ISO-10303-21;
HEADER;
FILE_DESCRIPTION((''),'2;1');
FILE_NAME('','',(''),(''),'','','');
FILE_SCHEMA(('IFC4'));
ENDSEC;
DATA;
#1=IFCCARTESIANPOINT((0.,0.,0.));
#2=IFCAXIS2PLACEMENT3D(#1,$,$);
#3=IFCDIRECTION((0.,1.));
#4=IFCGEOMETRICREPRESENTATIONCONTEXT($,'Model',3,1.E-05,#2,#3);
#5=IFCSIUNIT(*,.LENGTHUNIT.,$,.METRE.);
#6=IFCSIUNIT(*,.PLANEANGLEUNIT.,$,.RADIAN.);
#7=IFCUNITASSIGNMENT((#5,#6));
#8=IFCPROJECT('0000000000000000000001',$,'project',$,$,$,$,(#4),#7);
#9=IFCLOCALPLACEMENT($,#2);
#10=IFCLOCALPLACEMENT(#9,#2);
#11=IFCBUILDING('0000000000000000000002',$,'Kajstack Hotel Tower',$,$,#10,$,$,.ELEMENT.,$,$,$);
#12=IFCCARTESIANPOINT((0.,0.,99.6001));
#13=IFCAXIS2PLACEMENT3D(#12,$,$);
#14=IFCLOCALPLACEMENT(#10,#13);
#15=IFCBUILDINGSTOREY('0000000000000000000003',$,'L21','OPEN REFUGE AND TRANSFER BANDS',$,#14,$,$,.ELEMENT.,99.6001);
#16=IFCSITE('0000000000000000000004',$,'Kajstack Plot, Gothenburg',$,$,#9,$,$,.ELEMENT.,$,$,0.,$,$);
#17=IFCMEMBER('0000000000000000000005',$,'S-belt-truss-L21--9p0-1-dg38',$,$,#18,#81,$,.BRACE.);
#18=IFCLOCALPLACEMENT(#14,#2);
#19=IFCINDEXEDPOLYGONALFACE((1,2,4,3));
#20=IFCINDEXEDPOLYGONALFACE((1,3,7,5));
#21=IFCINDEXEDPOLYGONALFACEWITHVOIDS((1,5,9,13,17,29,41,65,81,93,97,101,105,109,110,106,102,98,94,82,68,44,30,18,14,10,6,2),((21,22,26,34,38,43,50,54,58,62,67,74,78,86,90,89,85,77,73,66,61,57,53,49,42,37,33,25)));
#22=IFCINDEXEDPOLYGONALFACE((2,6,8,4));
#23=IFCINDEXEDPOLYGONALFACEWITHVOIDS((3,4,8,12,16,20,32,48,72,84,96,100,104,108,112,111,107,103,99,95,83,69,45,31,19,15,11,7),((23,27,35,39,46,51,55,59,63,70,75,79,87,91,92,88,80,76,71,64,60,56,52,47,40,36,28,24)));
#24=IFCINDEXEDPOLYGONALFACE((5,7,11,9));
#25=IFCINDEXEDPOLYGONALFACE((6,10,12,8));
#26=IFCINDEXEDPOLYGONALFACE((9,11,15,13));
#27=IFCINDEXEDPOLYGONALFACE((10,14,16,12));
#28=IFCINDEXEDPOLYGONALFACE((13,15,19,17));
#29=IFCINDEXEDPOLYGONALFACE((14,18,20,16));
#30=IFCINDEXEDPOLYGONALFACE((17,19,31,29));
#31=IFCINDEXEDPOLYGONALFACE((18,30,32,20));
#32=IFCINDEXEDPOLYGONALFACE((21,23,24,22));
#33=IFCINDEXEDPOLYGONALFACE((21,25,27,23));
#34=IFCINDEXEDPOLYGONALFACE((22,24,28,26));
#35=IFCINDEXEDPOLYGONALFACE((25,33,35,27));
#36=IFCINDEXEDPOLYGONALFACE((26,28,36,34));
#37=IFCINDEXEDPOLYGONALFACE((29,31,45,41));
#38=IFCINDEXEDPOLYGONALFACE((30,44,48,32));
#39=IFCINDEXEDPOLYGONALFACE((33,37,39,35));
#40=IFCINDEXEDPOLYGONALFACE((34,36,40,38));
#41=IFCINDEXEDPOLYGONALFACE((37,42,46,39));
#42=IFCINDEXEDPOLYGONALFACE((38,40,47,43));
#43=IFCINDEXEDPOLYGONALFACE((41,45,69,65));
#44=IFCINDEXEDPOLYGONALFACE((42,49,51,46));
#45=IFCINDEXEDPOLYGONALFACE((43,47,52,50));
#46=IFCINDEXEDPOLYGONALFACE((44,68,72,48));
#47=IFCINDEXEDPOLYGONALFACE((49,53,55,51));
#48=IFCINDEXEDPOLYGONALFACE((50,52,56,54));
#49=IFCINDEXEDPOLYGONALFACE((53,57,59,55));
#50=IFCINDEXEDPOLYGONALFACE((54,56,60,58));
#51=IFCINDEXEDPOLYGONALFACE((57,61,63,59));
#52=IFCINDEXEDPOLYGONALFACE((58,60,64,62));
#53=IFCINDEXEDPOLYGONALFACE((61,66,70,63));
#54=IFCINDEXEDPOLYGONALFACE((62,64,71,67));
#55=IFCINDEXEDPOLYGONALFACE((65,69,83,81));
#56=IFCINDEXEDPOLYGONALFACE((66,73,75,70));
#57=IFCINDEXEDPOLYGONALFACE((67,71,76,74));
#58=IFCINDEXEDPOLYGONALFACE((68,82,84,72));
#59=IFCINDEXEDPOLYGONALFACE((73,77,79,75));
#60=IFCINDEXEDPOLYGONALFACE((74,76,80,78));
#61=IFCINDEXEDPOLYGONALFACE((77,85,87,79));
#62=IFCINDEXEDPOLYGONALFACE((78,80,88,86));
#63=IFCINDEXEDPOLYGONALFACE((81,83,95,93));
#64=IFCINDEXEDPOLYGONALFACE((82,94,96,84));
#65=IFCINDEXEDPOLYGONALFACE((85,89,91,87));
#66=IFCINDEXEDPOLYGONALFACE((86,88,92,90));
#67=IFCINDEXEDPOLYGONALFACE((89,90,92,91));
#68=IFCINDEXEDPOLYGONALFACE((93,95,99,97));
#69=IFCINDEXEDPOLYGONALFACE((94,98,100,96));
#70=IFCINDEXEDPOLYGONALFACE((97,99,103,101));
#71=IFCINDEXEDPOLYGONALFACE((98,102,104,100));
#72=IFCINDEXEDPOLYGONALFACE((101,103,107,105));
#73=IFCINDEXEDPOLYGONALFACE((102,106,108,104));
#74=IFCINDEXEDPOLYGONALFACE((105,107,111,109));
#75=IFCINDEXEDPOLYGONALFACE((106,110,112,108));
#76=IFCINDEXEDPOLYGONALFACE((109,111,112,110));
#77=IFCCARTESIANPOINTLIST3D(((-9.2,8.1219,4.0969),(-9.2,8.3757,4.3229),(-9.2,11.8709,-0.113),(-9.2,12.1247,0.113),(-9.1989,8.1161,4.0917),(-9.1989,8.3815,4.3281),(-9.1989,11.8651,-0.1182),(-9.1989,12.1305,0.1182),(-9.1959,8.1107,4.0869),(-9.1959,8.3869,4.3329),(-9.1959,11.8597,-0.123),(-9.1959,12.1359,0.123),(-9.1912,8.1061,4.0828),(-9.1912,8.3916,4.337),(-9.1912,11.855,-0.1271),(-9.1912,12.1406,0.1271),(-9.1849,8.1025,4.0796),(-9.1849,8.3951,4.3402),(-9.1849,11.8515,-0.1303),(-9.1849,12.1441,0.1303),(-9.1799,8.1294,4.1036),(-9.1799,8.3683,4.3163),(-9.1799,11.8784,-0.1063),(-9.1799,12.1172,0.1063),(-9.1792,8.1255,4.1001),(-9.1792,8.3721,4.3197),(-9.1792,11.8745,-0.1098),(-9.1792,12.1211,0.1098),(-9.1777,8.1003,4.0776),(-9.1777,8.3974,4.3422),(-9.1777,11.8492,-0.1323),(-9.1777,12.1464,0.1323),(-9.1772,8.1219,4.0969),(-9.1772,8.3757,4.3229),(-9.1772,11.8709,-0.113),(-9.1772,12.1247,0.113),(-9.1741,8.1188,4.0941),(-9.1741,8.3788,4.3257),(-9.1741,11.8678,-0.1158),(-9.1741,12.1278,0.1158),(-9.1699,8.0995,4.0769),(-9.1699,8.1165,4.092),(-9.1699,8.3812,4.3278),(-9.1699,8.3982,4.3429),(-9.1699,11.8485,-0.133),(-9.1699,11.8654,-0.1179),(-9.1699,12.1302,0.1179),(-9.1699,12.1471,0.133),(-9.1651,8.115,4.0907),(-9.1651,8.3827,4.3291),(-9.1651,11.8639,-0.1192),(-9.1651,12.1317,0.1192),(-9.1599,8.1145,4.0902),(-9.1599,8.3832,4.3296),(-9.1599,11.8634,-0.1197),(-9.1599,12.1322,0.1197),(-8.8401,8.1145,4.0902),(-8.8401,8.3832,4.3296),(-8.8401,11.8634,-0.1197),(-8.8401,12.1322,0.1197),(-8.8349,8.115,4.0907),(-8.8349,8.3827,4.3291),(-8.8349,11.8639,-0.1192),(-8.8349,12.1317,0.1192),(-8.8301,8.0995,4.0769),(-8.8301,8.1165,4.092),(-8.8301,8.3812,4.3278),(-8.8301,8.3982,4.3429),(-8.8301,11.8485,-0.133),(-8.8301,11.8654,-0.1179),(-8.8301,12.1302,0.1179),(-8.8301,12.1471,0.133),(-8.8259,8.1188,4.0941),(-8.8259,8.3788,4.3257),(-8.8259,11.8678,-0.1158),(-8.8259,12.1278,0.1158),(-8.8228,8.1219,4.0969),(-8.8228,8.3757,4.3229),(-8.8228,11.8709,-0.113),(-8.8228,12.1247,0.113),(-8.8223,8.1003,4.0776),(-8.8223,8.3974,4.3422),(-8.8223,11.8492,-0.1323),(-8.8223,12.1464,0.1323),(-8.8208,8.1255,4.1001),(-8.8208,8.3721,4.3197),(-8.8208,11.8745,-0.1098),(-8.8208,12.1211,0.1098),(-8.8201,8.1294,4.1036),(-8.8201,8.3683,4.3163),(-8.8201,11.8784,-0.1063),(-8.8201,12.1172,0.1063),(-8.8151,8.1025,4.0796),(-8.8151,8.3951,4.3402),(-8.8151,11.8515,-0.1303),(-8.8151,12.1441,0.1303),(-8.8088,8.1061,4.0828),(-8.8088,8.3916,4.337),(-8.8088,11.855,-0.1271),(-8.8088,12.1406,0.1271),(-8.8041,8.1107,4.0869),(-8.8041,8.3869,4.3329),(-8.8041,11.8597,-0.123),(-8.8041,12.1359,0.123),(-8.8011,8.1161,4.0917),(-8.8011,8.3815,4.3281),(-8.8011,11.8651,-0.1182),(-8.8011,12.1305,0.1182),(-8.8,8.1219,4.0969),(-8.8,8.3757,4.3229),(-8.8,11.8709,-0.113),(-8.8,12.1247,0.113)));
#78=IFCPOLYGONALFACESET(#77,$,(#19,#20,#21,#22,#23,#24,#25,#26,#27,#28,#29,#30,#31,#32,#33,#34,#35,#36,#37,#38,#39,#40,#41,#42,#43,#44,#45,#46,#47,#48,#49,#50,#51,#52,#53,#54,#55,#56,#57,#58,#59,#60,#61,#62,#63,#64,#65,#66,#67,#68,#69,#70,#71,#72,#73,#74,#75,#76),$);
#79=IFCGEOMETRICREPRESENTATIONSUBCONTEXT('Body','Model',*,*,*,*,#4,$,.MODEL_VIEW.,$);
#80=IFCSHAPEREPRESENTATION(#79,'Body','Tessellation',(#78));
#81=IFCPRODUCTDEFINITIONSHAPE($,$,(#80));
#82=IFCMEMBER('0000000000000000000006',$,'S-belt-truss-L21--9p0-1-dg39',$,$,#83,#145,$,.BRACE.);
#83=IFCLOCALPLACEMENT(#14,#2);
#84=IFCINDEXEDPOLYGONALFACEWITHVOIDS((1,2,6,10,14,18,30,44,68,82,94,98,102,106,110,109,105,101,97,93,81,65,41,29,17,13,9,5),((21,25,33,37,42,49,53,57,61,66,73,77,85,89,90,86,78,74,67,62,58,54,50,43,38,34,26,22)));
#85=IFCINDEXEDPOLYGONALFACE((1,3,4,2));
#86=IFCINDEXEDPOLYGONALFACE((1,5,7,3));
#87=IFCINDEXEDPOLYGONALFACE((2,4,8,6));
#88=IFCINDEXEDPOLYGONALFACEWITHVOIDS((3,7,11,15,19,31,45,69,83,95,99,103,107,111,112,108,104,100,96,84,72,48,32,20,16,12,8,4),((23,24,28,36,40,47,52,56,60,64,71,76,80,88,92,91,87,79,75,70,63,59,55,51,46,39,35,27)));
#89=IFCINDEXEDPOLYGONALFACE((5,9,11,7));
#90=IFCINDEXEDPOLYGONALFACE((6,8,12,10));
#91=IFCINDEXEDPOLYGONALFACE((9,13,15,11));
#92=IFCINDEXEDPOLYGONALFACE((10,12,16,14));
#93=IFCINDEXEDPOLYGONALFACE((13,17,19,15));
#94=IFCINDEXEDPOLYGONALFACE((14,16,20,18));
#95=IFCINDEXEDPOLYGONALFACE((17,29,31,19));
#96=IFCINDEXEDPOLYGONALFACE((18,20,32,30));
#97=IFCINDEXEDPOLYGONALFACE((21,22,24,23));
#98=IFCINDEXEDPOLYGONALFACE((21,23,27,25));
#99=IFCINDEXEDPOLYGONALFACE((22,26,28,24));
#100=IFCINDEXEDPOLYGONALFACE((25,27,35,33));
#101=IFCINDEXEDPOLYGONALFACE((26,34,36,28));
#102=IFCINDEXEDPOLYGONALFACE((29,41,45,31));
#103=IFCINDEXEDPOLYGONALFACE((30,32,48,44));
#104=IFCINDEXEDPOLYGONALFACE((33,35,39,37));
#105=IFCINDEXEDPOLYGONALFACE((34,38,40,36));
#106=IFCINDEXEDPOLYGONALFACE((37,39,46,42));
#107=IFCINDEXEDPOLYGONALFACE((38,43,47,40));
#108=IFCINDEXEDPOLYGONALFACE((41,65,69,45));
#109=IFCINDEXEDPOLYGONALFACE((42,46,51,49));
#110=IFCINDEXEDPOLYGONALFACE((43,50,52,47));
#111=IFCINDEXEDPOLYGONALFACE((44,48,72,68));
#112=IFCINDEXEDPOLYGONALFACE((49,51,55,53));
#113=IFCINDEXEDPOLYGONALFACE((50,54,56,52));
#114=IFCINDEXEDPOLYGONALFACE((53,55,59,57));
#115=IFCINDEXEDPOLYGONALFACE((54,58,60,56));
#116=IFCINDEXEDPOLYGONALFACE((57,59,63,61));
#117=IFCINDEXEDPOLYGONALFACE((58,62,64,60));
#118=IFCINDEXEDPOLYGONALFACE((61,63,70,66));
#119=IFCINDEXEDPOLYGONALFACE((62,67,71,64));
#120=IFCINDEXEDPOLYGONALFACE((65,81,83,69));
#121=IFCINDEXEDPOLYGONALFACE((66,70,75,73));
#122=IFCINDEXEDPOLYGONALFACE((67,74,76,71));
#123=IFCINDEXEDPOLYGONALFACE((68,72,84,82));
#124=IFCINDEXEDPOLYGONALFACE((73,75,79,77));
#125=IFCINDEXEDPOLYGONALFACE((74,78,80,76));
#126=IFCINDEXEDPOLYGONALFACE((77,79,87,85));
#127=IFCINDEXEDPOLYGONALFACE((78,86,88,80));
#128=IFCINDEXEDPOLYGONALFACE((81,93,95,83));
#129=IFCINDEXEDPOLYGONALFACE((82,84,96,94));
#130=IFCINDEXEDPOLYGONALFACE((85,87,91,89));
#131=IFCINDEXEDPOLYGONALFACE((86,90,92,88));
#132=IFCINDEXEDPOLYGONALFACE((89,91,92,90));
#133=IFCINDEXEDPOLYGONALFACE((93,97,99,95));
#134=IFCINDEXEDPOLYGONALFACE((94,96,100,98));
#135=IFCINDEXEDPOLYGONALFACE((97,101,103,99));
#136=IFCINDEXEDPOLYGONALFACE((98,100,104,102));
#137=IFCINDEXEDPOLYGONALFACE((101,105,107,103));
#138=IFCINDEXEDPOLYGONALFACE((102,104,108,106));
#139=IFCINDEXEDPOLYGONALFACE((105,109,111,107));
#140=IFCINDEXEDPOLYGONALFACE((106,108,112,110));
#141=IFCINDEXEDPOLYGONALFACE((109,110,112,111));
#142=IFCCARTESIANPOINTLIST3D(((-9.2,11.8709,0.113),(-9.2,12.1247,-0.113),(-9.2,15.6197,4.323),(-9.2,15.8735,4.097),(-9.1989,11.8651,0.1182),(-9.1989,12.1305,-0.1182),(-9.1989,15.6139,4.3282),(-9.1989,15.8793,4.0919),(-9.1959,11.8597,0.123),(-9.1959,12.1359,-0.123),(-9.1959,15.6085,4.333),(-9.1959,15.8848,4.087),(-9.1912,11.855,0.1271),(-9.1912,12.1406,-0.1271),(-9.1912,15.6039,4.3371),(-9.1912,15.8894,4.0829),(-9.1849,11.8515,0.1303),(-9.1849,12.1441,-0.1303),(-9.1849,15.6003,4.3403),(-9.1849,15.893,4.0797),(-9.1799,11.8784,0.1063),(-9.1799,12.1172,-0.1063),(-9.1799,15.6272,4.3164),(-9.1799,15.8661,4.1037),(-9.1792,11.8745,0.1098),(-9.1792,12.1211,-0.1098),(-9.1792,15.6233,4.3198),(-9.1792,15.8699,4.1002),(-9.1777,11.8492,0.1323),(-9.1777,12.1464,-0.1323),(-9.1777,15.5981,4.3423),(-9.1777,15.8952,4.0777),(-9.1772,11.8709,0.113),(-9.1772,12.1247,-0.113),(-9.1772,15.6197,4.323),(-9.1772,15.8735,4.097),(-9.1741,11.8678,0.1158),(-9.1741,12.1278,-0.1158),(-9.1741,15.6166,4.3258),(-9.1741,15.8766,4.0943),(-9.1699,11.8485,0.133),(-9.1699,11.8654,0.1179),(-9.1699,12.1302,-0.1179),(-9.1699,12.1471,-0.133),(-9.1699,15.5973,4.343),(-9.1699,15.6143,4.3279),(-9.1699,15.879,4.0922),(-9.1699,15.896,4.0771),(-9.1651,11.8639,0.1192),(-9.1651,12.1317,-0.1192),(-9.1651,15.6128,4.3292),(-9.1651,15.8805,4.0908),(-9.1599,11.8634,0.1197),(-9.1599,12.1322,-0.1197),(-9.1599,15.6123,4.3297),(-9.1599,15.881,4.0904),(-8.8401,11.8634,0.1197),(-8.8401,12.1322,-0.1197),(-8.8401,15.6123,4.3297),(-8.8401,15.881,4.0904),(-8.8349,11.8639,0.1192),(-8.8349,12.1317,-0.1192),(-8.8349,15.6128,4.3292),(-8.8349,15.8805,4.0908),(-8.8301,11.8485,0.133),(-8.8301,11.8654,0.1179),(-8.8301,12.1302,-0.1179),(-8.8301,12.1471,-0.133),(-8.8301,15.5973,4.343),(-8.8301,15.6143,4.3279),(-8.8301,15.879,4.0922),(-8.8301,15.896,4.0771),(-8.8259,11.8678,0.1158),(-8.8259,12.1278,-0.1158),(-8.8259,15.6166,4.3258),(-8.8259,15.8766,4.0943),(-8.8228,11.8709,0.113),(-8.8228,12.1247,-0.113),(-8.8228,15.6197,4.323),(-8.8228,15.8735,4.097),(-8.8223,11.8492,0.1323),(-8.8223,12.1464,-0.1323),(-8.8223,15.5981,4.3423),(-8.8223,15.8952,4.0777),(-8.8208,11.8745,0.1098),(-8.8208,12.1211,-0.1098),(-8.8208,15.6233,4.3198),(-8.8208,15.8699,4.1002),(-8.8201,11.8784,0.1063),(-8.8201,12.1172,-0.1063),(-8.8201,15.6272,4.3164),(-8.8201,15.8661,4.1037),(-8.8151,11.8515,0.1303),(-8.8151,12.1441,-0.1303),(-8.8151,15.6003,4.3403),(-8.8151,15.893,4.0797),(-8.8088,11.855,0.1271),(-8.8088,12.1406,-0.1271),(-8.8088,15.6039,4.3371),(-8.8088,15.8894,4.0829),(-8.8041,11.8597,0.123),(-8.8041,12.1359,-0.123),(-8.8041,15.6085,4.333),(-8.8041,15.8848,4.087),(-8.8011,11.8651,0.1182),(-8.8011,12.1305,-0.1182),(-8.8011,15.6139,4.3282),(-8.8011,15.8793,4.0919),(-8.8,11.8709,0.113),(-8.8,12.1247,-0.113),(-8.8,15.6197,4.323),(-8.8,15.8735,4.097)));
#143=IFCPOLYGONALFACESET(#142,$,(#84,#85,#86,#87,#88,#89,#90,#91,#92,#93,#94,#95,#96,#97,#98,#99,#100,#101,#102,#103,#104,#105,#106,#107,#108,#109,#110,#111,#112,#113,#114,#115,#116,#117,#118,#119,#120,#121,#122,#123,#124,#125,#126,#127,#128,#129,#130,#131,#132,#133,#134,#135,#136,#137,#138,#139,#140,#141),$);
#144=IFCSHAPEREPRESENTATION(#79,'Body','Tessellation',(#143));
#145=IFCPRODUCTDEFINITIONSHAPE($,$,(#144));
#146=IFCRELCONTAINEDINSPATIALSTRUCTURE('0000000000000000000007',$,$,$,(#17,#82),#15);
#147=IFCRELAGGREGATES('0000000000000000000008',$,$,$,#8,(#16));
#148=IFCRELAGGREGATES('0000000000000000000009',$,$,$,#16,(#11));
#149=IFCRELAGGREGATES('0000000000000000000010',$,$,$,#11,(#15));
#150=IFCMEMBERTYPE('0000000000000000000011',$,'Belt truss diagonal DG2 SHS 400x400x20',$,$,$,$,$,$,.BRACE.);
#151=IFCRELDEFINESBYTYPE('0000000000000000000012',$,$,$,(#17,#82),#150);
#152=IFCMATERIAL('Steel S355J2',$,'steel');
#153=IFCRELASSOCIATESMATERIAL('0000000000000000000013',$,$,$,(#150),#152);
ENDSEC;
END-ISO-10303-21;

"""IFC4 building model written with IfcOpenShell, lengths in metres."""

from ifc_helpers import new_model, si_unit, direction, frame, origin, origin_2d, place, context, subcontext, project, spatial, hollow_rectangle, extrude, material, material_profile, profile_set, type_object, element, save


model = new_model("IFC4")

# Units and contexts
model_context = context("Model", 3, precision=1e-05, world=origin(), true_north=direction((0.0, 1.0)))
body_context = subcontext(model_context, "Body", "Model", "MODEL_VIEW")
ifc_project = project(units=[si_unit("LENGTHUNIT", "METRE"), si_unit("PLANEANGLEUNIT", "RADIAN")], contexts=[model_context])

# Site, building, storey
site_placement = place(None, origin())
site = spatial("IfcSite", under=ifc_project, at=site_placement, Name="Kajstack Plot, Gothenburg", CompositionType="ELEMENT", RefElevation=0.0)
building_placement = place(site_placement, origin())
building = spatial("IfcBuilding", under=site, at=building_placement, Name="Kajstack Hotel Tower", CompositionType="ELEMENT")
storey_placement = place(building_placement, frame((0.0, 0.0, 99.6001)))
storey = spatial("IfcBuildingStorey", under=building, at=storey_placement, Name="L21", Description="OPEN REFUGE AND TRANSFER BANDS", CompositionType="ELEMENT", Elevation=99.6001)

# Members
ifc_material_1 = material(Name="Steel S355J2", Category="steel")
ifc_material_profile_1 = material_profile(ifc_material_1, hollow_rectangle(XDim=0.3999, YDim=0.3999, WallThickness=0.02, InnerFilletRadius=0.02, OuterFilletRadius=0.03, at=origin_2d()), Name="SHS 400x400x20")
ifc_profile_set_1 = profile_set([ifc_material_profile_1], Name="Steel S355J2")
member_type_1 = type_object("IfcMemberType", Name="Belt truss diagonal DG2 SHS 400x400x20", PredefinedType="BRACE", material=ifc_profile_set_1)
for number, where, z_axis, x_axis, name in (
    (1, (-9.0, 11.9978, 0.0), (0.0, -0.665041, 0.746807), (1.0, 0.0, 0.0), "S-belt-truss-L21--9p0-1-dg38"),
    (2, (-9.0, 11.9978, 0.0), (0.0, 0.665017, 0.746828), (-1.0, 0.0, 0.0), "S-belt-truss-L21--9p0-1-dg39"),
):
    element("IfcMember", number, at=place(storey_placement, frame(where, z_axis=z_axis, x_axis=x_axis)), inside=storey, type_object=member_type_1, Name=name, PredefinedType="BRACE", context=body_context, shape_type="SweptSolid", body=[
        extrude(hollow_rectangle(XDim=0.3999, YDim=0.3999, WallThickness=0.02, InnerFilletRadius=0.02, OuterFilletRadius=0.03, at=origin_2d()), origin(), (0.0, 0.0, 1.0), 5.6372),
    ])

save(model, "model.ifc")
